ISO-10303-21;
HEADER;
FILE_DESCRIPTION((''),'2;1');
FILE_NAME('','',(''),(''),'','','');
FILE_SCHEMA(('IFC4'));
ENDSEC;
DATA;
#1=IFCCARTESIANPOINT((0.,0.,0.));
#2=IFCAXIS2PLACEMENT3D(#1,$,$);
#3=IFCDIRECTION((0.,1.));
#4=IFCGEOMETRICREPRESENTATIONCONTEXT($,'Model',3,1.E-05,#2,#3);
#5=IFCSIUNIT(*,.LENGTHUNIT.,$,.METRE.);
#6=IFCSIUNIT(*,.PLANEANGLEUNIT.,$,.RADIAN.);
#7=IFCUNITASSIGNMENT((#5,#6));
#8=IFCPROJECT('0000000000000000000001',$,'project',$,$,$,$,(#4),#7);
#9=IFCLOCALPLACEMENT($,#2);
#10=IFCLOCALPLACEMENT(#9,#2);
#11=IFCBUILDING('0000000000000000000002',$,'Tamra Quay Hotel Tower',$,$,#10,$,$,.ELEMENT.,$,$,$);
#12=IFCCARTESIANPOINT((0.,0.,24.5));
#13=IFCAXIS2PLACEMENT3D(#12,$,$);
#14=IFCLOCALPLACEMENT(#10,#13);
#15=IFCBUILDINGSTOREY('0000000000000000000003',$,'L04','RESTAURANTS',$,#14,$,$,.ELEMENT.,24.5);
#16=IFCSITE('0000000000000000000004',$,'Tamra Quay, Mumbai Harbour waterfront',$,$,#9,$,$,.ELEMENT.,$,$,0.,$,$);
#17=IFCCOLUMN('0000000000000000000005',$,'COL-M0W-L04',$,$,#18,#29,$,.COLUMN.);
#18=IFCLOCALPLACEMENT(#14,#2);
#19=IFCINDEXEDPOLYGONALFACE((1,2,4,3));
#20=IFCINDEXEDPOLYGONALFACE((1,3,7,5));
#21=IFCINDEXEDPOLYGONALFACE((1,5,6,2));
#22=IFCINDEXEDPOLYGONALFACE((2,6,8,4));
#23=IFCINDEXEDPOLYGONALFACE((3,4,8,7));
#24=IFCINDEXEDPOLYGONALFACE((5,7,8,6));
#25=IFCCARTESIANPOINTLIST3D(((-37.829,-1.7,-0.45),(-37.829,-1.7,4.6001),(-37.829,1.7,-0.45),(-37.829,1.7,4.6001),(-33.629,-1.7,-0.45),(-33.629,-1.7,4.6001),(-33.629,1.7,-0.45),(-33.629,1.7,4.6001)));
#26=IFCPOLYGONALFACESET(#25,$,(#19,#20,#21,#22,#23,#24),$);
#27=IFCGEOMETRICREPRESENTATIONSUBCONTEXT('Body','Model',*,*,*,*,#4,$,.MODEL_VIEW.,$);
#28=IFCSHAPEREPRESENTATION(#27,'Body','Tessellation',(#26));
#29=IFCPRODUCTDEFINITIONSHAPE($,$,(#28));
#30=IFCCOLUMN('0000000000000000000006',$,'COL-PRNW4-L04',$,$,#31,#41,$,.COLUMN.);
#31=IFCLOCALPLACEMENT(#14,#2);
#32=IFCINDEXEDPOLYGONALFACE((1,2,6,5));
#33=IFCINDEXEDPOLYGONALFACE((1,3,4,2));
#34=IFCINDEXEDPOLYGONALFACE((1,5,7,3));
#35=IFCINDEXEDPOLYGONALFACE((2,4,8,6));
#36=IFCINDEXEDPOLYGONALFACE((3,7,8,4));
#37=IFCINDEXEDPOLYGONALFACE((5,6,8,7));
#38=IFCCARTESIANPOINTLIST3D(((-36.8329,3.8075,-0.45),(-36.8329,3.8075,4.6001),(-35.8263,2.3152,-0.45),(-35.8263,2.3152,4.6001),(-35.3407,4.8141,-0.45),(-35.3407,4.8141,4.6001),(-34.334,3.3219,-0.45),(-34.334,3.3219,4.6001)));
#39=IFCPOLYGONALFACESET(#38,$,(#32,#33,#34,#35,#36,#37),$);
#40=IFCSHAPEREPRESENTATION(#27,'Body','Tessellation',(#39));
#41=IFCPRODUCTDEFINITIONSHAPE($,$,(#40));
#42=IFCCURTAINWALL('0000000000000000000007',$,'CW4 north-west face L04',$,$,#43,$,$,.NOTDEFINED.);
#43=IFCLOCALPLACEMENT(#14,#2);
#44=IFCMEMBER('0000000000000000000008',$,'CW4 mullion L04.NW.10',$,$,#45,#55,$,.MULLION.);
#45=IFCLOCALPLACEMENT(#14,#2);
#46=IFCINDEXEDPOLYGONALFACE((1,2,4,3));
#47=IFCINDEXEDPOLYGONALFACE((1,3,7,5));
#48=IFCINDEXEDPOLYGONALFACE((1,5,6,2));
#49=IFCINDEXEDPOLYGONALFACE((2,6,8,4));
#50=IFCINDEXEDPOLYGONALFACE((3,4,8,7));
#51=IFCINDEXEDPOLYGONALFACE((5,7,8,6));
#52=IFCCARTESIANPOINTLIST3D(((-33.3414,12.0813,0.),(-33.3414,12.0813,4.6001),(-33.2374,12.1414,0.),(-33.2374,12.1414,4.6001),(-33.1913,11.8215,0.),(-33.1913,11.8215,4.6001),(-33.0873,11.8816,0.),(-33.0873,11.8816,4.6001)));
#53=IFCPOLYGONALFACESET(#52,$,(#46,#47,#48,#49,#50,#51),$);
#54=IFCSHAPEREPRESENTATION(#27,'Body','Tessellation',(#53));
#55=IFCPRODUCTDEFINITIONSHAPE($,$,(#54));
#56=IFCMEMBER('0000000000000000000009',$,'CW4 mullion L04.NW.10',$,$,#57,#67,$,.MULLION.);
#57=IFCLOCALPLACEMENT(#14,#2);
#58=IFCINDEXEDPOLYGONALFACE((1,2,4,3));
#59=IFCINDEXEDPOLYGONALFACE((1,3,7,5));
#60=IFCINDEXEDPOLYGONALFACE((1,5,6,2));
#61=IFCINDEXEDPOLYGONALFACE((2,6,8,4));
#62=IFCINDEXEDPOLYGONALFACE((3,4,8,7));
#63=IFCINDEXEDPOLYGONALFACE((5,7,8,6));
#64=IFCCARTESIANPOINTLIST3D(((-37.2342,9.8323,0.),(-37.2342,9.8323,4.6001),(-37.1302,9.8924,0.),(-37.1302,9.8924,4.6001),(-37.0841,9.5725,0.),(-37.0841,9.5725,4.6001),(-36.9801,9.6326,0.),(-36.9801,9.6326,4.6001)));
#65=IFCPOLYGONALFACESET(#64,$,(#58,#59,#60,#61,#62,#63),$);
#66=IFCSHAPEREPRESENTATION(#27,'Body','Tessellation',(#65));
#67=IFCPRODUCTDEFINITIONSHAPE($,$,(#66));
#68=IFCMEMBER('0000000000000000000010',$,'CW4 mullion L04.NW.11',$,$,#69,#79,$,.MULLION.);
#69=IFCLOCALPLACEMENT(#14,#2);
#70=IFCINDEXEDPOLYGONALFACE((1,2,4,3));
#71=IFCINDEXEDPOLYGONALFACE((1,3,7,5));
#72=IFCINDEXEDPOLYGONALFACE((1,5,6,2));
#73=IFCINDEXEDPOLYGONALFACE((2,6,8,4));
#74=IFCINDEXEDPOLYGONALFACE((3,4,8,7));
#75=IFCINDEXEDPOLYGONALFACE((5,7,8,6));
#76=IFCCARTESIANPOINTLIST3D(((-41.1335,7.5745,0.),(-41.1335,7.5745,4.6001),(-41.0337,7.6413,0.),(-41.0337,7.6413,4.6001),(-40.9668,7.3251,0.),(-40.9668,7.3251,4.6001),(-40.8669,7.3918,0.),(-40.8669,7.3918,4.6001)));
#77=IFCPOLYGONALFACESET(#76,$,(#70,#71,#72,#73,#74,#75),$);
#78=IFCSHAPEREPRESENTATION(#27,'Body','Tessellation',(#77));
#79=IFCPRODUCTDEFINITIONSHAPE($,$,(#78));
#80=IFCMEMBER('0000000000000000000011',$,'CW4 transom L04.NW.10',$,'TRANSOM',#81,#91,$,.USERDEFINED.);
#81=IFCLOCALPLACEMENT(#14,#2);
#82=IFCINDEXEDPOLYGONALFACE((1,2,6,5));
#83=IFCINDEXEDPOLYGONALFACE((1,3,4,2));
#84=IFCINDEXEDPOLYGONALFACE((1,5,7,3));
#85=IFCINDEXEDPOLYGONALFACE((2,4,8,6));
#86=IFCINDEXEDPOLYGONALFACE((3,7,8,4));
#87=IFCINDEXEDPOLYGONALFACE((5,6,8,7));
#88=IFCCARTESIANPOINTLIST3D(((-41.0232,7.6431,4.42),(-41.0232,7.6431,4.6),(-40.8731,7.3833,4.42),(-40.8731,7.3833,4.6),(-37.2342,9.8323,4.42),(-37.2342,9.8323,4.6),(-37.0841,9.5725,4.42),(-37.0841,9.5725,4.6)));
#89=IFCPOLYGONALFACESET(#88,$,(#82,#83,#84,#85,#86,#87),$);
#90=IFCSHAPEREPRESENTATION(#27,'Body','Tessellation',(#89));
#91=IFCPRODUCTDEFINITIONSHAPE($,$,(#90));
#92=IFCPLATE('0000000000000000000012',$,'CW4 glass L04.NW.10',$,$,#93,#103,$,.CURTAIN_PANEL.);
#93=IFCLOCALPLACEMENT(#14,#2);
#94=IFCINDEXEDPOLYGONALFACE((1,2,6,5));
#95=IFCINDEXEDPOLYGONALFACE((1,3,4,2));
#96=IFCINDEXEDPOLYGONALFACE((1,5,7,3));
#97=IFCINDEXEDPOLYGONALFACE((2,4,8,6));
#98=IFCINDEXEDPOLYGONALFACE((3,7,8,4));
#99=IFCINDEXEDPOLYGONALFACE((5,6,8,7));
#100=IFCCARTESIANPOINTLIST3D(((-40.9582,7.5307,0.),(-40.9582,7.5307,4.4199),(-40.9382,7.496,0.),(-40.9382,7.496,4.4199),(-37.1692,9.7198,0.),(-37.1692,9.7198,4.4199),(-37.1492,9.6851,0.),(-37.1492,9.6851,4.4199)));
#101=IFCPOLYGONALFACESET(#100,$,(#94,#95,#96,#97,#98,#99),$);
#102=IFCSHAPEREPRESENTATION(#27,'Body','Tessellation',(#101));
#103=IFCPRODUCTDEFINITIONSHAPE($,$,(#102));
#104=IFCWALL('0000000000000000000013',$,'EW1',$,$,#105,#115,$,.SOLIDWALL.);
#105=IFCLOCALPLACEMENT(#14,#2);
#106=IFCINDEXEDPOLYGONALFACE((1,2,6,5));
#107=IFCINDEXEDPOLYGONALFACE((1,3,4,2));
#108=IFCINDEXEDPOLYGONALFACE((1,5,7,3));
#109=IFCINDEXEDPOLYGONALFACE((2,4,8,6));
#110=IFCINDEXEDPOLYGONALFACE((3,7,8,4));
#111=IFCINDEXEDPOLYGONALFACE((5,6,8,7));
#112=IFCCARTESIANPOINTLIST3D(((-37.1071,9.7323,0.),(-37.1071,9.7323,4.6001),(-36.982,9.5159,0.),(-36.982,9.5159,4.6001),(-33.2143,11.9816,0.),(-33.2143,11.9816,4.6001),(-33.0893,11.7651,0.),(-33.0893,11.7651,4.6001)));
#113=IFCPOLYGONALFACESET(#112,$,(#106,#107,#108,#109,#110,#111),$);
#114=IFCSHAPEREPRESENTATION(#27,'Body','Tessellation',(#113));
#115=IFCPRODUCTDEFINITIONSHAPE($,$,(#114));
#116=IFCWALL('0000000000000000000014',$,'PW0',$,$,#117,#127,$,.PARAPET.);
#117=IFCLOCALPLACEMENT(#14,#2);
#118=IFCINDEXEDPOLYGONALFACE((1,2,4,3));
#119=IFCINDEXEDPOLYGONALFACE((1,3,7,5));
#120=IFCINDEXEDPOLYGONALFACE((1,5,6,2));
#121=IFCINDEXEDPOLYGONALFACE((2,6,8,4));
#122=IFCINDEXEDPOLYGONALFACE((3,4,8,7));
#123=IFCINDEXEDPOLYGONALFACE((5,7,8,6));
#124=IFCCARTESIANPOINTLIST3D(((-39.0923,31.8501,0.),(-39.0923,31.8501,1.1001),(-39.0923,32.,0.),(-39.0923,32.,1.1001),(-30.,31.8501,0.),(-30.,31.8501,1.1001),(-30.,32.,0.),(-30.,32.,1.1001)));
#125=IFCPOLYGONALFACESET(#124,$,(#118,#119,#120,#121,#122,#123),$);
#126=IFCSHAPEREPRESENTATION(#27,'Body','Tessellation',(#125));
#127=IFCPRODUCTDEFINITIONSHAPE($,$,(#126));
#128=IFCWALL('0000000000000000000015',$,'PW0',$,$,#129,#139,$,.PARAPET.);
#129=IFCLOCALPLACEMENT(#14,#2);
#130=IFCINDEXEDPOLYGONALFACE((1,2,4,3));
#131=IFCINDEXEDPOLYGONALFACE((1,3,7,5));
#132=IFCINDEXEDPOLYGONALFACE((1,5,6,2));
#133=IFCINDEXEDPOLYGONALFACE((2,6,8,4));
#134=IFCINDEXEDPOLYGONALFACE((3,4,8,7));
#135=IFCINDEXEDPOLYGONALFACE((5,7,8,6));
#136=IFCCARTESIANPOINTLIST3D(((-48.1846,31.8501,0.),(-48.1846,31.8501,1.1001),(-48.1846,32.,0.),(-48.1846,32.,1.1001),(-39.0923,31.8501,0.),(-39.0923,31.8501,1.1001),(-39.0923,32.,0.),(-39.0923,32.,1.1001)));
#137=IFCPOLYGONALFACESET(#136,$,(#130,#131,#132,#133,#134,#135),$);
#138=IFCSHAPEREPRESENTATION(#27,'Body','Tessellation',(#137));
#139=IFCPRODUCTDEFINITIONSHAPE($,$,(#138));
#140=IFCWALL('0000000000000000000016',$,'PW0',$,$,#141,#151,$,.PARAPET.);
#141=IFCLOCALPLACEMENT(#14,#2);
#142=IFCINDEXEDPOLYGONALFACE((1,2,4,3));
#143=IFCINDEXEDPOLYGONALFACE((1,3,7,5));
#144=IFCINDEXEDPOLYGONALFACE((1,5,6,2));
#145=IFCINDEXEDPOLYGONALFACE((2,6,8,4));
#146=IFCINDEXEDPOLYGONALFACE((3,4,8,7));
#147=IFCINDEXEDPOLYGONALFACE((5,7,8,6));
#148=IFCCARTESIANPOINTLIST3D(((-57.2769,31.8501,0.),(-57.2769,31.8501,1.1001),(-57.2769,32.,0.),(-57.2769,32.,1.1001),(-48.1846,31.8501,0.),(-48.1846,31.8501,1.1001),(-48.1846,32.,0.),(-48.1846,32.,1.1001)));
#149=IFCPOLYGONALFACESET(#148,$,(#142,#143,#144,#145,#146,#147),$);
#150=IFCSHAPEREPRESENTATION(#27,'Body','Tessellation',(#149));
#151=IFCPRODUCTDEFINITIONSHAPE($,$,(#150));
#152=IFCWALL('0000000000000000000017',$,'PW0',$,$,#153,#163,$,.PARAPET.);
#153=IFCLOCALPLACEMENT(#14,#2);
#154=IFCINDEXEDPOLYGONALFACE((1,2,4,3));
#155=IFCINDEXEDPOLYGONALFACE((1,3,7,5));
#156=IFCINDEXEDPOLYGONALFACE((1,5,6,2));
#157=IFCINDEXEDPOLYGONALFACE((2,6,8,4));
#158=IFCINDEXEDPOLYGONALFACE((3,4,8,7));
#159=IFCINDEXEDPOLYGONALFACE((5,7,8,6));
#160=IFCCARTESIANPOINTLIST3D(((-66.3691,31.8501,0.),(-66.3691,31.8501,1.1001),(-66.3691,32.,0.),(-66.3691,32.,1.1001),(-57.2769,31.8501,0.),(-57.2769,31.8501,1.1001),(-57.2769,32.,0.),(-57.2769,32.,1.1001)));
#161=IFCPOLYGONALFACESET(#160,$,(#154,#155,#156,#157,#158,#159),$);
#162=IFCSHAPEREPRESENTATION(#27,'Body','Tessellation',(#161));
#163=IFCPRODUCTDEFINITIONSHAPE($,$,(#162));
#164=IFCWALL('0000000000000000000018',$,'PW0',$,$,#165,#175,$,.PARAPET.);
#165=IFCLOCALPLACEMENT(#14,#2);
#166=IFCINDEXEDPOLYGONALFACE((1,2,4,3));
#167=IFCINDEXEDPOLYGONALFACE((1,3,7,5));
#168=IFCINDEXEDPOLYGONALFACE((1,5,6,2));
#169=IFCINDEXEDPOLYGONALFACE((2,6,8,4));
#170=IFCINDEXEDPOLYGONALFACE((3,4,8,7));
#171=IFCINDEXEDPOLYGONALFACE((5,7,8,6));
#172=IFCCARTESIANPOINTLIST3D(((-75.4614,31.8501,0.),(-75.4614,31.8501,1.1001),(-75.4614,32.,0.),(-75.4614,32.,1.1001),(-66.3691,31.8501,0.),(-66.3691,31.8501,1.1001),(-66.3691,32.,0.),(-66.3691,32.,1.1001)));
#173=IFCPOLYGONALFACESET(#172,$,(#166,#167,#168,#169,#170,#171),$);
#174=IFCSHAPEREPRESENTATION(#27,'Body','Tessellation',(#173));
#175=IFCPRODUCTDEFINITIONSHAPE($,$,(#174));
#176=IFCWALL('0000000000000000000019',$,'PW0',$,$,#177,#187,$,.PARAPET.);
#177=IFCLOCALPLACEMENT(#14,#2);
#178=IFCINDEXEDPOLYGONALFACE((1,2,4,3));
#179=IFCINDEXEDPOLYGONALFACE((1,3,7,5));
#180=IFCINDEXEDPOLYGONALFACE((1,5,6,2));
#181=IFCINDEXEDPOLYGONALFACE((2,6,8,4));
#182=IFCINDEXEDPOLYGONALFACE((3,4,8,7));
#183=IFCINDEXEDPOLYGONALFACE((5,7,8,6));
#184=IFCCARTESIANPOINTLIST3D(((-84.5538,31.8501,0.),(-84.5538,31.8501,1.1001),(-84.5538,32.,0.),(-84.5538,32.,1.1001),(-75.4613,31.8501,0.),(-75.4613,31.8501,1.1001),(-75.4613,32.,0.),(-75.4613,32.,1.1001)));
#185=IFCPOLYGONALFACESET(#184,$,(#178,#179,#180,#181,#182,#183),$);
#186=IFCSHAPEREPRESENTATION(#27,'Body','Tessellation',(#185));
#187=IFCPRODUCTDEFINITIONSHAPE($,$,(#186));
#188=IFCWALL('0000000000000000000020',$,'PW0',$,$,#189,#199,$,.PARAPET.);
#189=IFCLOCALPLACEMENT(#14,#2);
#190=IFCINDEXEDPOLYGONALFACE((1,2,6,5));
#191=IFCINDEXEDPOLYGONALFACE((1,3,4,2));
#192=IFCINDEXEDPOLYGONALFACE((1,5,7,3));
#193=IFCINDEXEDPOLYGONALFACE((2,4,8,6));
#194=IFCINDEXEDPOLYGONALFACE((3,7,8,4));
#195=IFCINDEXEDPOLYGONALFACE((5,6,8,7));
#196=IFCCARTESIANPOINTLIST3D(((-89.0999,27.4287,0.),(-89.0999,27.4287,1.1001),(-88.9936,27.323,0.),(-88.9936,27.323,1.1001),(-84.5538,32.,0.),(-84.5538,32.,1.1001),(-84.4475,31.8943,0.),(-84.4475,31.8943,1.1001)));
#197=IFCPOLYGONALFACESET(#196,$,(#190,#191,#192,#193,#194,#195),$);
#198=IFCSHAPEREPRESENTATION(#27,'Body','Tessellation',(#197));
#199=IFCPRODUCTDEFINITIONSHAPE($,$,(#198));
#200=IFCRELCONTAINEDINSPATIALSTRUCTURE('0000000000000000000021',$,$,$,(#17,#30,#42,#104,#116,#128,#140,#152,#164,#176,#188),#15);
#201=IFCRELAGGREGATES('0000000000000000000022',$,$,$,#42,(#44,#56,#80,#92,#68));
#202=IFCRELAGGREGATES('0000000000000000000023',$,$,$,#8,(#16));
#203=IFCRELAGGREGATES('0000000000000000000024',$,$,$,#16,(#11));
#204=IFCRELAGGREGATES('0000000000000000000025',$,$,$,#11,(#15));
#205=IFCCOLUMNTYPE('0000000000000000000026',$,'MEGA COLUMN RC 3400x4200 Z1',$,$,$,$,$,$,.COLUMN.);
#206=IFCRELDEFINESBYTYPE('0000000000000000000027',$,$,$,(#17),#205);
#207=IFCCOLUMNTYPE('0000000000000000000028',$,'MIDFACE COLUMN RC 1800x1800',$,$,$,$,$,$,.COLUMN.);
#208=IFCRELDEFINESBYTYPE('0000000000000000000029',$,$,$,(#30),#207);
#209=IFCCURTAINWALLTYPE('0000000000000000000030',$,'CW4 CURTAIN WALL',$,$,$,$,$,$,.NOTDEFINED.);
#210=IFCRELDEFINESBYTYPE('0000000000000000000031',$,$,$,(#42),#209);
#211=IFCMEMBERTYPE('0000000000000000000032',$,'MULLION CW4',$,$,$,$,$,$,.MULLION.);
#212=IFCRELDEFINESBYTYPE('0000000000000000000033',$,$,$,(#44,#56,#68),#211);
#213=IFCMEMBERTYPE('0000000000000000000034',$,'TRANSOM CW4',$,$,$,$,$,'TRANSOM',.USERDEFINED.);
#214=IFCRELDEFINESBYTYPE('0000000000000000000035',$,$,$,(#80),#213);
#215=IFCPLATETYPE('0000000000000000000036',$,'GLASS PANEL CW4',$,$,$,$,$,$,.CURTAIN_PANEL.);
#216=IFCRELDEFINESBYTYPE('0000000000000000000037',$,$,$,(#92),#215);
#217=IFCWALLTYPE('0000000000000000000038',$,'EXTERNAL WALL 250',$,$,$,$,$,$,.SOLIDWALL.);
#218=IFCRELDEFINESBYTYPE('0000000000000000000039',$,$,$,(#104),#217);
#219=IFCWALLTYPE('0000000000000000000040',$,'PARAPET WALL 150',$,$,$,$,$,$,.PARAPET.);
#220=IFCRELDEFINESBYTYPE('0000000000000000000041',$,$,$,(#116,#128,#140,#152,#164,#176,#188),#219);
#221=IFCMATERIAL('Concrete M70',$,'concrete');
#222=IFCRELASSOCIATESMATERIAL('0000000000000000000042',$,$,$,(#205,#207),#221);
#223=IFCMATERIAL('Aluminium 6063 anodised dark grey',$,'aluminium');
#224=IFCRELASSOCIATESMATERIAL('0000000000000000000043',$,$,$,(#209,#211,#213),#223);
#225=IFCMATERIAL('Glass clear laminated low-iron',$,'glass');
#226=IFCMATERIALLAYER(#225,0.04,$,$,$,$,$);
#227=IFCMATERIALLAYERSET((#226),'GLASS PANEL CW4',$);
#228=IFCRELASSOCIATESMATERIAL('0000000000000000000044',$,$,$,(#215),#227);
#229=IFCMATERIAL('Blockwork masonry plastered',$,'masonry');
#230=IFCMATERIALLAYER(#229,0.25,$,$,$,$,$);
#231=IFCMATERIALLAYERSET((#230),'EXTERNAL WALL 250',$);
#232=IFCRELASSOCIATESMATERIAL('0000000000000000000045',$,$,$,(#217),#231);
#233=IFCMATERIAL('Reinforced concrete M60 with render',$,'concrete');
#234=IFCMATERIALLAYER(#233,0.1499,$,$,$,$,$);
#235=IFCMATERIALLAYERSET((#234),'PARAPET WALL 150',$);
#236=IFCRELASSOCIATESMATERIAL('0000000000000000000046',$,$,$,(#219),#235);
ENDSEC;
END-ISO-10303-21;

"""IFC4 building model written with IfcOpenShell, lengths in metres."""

from ifc_helpers import new_model, si_unit, direction, frame, frame_2d, origin, origin_2d, place, context, subcontext, project, spatial, rectangle, extrude, material, layer, layer_set, material_profile, profile_set, type_object, element, aggregate, save


model = new_model("IFC4")

# Units and contexts
model_context = context("Model", 3, precision=1e-05, world=origin(), true_north=direction((0.0, 1.0)))
body_context = subcontext(model_context, "Body", "Model", "MODEL_VIEW")
ifc_project = project(units=[si_unit("LENGTHUNIT", "METRE"), si_unit("PLANEANGLEUNIT", "RADIAN")], contexts=[model_context])

# Site, building, storey
site_placement = place(None, origin())
site = spatial("IfcSite", under=ifc_project, at=site_placement, Name="Tamra Quay, Mumbai Harbour waterfront", CompositionType="ELEMENT", RefElevation=0.0)
building_placement = place(site_placement, origin())
building = spatial("IfcBuilding", under=site, at=building_placement, Name="Tamra Quay Hotel Tower", CompositionType="ELEMENT")
storey_placement = place(building_placement, frame((0.0, 0.0, 24.5)))
storey = spatial("IfcBuildingStorey", under=building, at=storey_placement, Name="L04", Description="RESTAURANTS", CompositionType="ELEMENT", Elevation=24.5)

# Columns
ifc_material_1 = material(Name="Concrete M70", Category="concrete")
ifc_material_profile_1 = material_profile(ifc_material_1, rectangle(XDim=4.2, YDim=3.3999, at=origin_2d()), Name="MEGA COLUMN RC 3400x4200 Z1")
ifc_profile_set_1 = profile_set([ifc_material_profile_1], Name="Concrete M70")
column_type_1 = type_object("IfcColumnType", Name="MEGA COLUMN RC 3400x4200 Z1", PredefinedType="COLUMN", material=ifc_profile_set_1)
column_1_placement = place(storey_placement, frame((-35.729, 0.0, -0.45), z_axis=(0.0, 0.0, 1.0), x_axis=(1.0, 0.0, 0.0)))
element("IfcColumn", 1, at=column_1_placement, inside=storey, type_object=column_type_1, Name="COL-M0W-L04", PredefinedType="COLUMN", context=body_context, shape_type="SweptSolid", body=[
    extrude(rectangle(XDim=4.2, YDim=3.3999, at=origin_2d()), origin(), (0.0, 0.0, 1.0), 5.05),
])
ifc_material_profile_2 = material_profile(ifc_material_1, rectangle(XDim=1.8, YDim=1.8, at=origin_2d()), Name="MIDFACE COLUMN RC 1800x1800")
ifc_profile_set_2 = profile_set([ifc_material_profile_2], Name="Concrete M70")
column_type_2 = type_object("IfcColumnType", Name="MIDFACE COLUMN RC 1800x1800", PredefinedType="COLUMN", material=ifc_profile_set_2)
column_2_placement = place(storey_placement, frame((-35.5835, 3.5647, -0.45), z_axis=(0.0, 0.0, 1.0), x_axis=(-0.55922, 0.829019, 0.0)))
element("IfcColumn", 2, at=column_2_placement, inside=storey, type_object=column_type_2, Name="COL-PRNW4-L04", PredefinedType="COLUMN", context=body_context, shape_type="SweptSolid", body=[
    extrude(rectangle(XDim=1.8, YDim=1.8, at=origin_2d()), origin(), (0.0, 0.0, 1.0), 5.05),
])

# Curtain wall, members, plate
ifc_material_2 = material(Name="Aluminium 6063 anodised dark grey", Category="aluminium")
curtain_wall_type = type_object("IfcCurtainWallType", Name="CW4 CURTAIN WALL", PredefinedType="NOTDEFINED", material=ifc_material_2)
curtain_wall_placement = place(storey_placement, origin())
curtain_wall = element("IfcCurtainWall", 3, at=curtain_wall_placement, inside=storey, type_object=curtain_wall_type, Name="CW4 north-west face L04", PredefinedType="NOTDEFINED")
ifc_material_profile_3 = material_profile(ifc_material_2, rectangle(XDim=0.3, YDim=0.1201, at=origin_2d()), Name="MULLION 120X300")
ifc_profile_set_3 = profile_set([ifc_material_profile_3], Name="Aluminium 6063 anodised dark grey")
member_type_1 = type_object("IfcMemberType", Name="MULLION CW4", PredefinedType="MULLION", material=ifc_profile_set_3)
member_1_placement = place(storey_placement, frame((-33.2144, 11.9814, 0.0), z_axis=(0.0, 0.0, 1.0), x_axis=(-0.500265, 0.865872, 0.0)))
member_1 = element("IfcMember", 4, at=member_1_placement, type_object=member_type_1, Name="CW4 mullion L04.NW.10", PredefinedType="MULLION", context=body_context, shape_type="SweptSolid", body=[
    extrude(rectangle(XDim=0.3, YDim=0.1201, at=origin_2d()), origin(), (0.0, 0.0, 1.0), 4.6001),
])
member_2_placement = place(storey_placement, frame((-37.1072, 9.7324, 0.0), z_axis=(0.0, 0.0, 1.0), x_axis=(-0.500265, 0.865872, 0.0)))
member_2 = element("IfcMember", 5, at=member_2_placement, type_object=member_type_1, Name="CW4 mullion L04.NW.10", PredefinedType="MULLION", context=body_context, shape_type="SweptSolid", body=[
    extrude(rectangle(XDim=0.3, YDim=0.1201, at=origin_2d()), origin(), (0.0, 0.0, 1.0), 4.6001),
])
member_3_placement = place(storey_placement, frame((-41.0002, 7.4832, 0.0), z_axis=(0.0, 0.0, 1.0), x_axis=(-0.555698, 0.831385, 0.0)))
member_3 = element("IfcMember", 6, at=member_3_placement, type_object=member_type_1, Name="CW4 mullion L04.NW.11", PredefinedType="MULLION", context=body_context, shape_type="SweptSolid", body=[
    extrude(rectangle(XDim=0.3, YDim=0.1201, at=origin_2d()), origin(), (0.0, 0.0, 1.0), 4.6001),
])
ifc_material_profile_4 = material_profile(ifc_material_2, rectangle(XDim=0.3, YDim=0.1799, at=origin_2d()), Name="TRANSOM 300X180")
ifc_profile_set_4 = profile_set([ifc_material_profile_4], Name="Aluminium 6063 anodised dark grey")
member_type_2 = type_object("IfcMemberType", Name="TRANSOM CW4", ElementType="TRANSOM", PredefinedType="USERDEFINED", material=ifc_profile_set_4)
member_4_placement = place(storey_placement, frame((-37.1592, 9.7024, 4.51), z_axis=(-0.865868, -0.500273, 0.0), x_axis=(0.500273, -0.865868, 0.0)))
member_4 = element("IfcMember", 7, at=member_4_placement, type_object=member_type_2, Name="CW4 transom L04.NW.10", ObjectType="TRANSOM", PredefinedType="USERDEFINED", context=body_context, shape_type="SweptSolid", body=[
    extrude(rectangle(XDim=0.3, YDim=0.1799, at=origin_2d()), origin(), (0.0, 0.0, 1.0), 4.376),
])
ifc_material_3 = material(Name="Glass clear laminated low-iron", Category="glass")
ifc_layer_1 = layer(ifc_material_3, 0.04)
ifc_layer_set_1 = layer_set([ifc_layer_1], Name="GLASS PANEL CW4")
plate_type = type_object("IfcPlateType", Name="GLASS PANEL CW4", PredefinedType="CURTAIN_PANEL", material=ifc_layer_set_1)
plate_placement = place(storey_placement, frame((-39.0537, 8.6079, 0.0), z_axis=(0.0, 0.0, 1.0), x_axis=(-0.865872, -0.500265, 0.0)))
plate = element("IfcPlate", 8, at=plate_placement, type_object=plate_type, Name="CW4 glass L04.NW.10", PredefinedType="CURTAIN_PANEL", context=body_context, shape_type="SweptSolid", body=[
    extrude(rectangle(XDim=4.376, YDim=0.04, at=origin_2d()), origin(), (0.0, 0.0, 1.0), 4.4199),
])
aggregate(curtain_wall, [member_1, member_2, member_4, plate, member_3])

# Walls
ifc_material_4 = material(Name="Blockwork masonry plastered", Category="masonry")
ifc_layer_2 = layer(ifc_material_4, 0.25)
ifc_layer_set_2 = layer_set([ifc_layer_2], Name="EXTERNAL WALL 250")
wall_type_1 = type_object("IfcWallType", Name="EXTERNAL WALL 250", PredefinedType="SOLIDWALL", material=ifc_layer_set_2)
wall_1_placement = place(storey_placement, frame((-37.0447, 9.624, 0.0), z_axis=(0.0, 0.0, 1.0), x_axis=(0.865857, 0.500291, 0.0)))
element("IfcWall", 9, at=wall_1_placement, inside=storey, type_object=wall_type_1, Name="EW1", PredefinedType="SOLIDWALL", context=body_context, shape_type="SweptSolid", body=[
    extrude(rectangle(XDim=4.4958, YDim=0.25, at=frame_2d((2.248, 0.0))), origin(), (0.0, 0.0, 1.0), 4.6001),
])
ifc_material_5 = material(Name="Reinforced concrete M60 with render", Category="concrete")
ifc_layer_3 = layer(ifc_material_5, 0.1499)
ifc_layer_set_3 = layer_set([ifc_layer_3], Name="PARAPET WALL 150")
wall_type_2 = type_object("IfcWallType", Name="PARAPET WALL 150", PredefinedType="PARAPET", material=ifc_layer_set_3)
for number, where, z_axis, x_axis, name in (
    (10, (-39.0923, 31.925, 0.0), (0.0, 0.0, 1.0), (1.0, 0.0, 0.0), "PW0"),
    (11, (-48.1846, 31.925, 0.0), (0.0, 0.0, 1.0), (1.0, 0.0, 0.0), "PW0"),
    (12, (-57.2769, 31.925, 0.0), (0.0, 0.0, 1.0), (1.0, 0.0, 0.0), "PW0"),
    (13, (-66.3691, 31.925, 0.0), (0.0, 0.0, 1.0), (1.0, 0.0, 0.0), "PW0"),
    (14, (-75.4614, 31.925, 0.0), (0.0, 0.0, 1.0), (1.0, 0.0, 0.0), "PW0"),
):
    element("IfcWall", number, at=place(storey_placement, frame(where, z_axis=z_axis, x_axis=x_axis)), inside=storey, type_object=wall_type_2, Name=name, PredefinedType="PARAPET", context=body_context, shape_type="SweptSolid", body=[
        extrude(rectangle(XDim=9.0923, YDim=0.1499, at=frame_2d((4.5461, 0.0))), origin(), (0.0, 0.0, 1.0), 1.1001),
    ])
wall_2_placement = place(storey_placement, frame((-84.554, 31.925, 0.0), z_axis=(0.0, 0.0, 1.0), x_axis=(1.0, 0.0, 0.0)))
element("IfcWall", 15, at=wall_2_placement, inside=storey, type_object=wall_type_2, Name="PW0", PredefinedType="PARAPET", context=body_context, shape_type="SweptSolid", body=[
    extrude(rectangle(XDim=9.0925, YDim=0.1499, at=frame_2d((4.5464, 0.0))), origin(), (0.0, 0.0, 1.0), 1.1001),
])
wall_3_placement = place(storey_placement, frame((-89.0469, 27.3757, 0.0), z_axis=(0.0, 0.0, 1.0), x_axis=(0.705154, 0.709054, 0.0)))
element("IfcWall", 16, at=wall_3_placement, inside=storey, type_object=wall_type_2, Name="PW0", PredefinedType="PARAPET", context=body_context, shape_type="SweptSolid", body=[
    extrude(rectangle(XDim=6.447, YDim=0.1499, at=frame_2d((3.2236, 0.0))), origin(), (0.0, 0.0, 1.0), 1.1001),
])

save(model, "model.ifc")
